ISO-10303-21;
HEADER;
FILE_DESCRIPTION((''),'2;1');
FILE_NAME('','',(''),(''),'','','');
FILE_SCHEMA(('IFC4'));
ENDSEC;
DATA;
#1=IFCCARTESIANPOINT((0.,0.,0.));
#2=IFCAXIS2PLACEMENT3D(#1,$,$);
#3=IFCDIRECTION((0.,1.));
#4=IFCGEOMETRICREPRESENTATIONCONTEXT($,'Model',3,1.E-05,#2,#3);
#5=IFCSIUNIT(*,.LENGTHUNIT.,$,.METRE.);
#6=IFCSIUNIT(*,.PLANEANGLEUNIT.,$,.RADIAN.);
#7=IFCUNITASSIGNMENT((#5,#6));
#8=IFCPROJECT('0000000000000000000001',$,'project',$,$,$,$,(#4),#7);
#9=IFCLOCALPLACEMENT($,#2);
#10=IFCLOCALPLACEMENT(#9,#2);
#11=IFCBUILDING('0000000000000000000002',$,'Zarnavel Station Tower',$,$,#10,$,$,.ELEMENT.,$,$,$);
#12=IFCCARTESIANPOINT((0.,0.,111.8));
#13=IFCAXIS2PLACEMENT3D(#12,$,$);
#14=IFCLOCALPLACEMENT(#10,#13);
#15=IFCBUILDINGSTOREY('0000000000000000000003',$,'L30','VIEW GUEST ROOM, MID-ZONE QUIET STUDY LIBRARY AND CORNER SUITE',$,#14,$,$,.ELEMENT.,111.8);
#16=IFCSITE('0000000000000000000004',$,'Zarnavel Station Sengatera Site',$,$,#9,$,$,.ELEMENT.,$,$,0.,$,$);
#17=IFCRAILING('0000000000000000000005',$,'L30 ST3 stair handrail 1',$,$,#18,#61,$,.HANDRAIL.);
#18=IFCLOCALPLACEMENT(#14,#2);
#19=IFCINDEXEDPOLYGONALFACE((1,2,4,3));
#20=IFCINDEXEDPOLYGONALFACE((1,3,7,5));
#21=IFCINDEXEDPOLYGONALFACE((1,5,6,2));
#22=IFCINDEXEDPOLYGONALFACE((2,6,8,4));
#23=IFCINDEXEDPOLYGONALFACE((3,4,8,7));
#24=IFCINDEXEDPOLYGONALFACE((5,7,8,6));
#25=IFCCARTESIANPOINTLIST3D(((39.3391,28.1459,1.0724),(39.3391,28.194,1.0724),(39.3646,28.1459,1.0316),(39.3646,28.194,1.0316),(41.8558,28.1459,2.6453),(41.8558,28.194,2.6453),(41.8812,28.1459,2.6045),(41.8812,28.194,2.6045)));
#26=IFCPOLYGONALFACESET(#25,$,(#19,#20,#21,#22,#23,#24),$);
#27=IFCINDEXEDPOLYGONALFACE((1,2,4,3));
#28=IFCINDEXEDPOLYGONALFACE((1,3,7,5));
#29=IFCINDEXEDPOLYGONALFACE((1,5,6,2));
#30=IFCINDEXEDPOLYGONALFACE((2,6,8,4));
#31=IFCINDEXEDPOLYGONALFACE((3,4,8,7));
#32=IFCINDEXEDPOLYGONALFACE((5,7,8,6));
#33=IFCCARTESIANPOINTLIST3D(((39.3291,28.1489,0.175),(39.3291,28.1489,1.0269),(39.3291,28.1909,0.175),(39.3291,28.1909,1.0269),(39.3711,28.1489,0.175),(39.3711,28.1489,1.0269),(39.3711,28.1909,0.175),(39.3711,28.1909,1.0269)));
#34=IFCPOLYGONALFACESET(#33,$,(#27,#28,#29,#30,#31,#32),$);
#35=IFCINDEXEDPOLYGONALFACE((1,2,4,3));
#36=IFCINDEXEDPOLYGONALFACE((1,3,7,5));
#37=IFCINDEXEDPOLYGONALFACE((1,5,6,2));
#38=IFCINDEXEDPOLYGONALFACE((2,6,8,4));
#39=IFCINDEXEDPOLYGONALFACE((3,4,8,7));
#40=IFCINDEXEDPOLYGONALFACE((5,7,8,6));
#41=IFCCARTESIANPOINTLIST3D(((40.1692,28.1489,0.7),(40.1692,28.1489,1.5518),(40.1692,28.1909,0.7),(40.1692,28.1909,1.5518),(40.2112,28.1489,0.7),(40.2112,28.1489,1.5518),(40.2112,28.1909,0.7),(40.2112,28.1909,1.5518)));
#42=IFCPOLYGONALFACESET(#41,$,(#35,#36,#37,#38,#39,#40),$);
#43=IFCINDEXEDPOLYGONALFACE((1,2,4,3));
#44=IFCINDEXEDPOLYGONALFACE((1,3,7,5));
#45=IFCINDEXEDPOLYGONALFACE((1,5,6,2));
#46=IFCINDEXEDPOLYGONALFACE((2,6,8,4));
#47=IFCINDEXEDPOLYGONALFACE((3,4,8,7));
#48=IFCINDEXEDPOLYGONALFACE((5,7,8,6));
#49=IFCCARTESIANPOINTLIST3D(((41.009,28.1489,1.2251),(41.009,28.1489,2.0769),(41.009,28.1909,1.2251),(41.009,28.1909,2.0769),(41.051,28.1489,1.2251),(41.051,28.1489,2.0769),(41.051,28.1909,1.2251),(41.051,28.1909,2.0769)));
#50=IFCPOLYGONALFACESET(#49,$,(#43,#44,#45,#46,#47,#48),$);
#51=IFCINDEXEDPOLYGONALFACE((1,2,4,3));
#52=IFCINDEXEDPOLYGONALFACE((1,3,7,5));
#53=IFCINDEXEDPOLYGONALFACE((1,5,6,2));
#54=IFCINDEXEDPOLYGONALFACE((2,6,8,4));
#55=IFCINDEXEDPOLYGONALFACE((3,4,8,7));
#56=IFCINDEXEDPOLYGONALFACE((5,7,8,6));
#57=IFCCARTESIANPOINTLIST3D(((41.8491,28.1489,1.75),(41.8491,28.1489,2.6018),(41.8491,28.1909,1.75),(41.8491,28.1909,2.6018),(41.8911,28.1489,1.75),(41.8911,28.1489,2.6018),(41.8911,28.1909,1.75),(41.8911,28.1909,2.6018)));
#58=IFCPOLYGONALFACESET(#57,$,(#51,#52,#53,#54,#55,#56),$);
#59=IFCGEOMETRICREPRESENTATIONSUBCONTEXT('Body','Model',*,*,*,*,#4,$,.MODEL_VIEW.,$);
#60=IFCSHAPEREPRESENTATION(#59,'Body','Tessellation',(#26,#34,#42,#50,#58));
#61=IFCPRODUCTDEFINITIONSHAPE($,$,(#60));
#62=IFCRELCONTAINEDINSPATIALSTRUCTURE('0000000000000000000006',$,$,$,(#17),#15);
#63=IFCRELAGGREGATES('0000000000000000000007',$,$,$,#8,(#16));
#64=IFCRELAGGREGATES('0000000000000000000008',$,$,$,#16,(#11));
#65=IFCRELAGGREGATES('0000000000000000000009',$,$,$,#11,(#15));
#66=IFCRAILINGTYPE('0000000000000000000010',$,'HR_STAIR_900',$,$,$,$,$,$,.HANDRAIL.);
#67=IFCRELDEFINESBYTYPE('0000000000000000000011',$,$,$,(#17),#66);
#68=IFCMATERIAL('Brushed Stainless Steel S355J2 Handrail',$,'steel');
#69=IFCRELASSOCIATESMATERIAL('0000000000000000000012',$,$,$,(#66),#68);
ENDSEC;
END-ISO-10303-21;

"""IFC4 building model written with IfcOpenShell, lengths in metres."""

from ifc_helpers import new_model, si_unit, direction, frame, origin, origin_2d, place, context, subcontext, project, spatial, rectangle, extrude, material, type_object, element, save


model = new_model("IFC4")

# Units and contexts
model_context = context("Model", 3, precision=1e-05, world=origin(), true_north=direction((0.0, 1.0)))
body_context = subcontext(model_context, "Body", "Model", "MODEL_VIEW")
ifc_project = project(units=[si_unit("LENGTHUNIT", "METRE"), si_unit("PLANEANGLEUNIT", "RADIAN")], contexts=[model_context])

# Site, building, storey
site_placement = place(None, origin())
site = spatial("IfcSite", under=ifc_project, at=site_placement, Name="Zarnavel Station Sengatera Site", CompositionType="ELEMENT", RefElevation=0.0)
building_placement = place(site_placement, origin())
building = spatial("IfcBuilding", under=site, at=building_placement, Name="Zarnavel Station Tower", CompositionType="ELEMENT")
storey_placement = place(building_placement, frame((0.0, 0.0, 111.8)))
storey = spatial("IfcBuildingStorey", under=building, at=storey_placement, Name="L30", Description="VIEW GUEST ROOM, MID-ZONE QUIET STUDY LIBRARY AND CORNER SUITE", CompositionType="ELEMENT", Elevation=111.8)

# Railing
ifc_material_1 = material(Name="Brushed Stainless Steel S355J2 Handrail", Category="steel")
railing_type_1 = type_object("IfcRailingType", Name="HR_STAIR_900", PredefinedType="HANDRAIL", material=ifc_material_1)
railing_1_placement = place(storey_placement, frame((39.3501, 28.1699, 0.175)))
element("IfcRailing", 1, at=railing_1_placement, inside=storey, type_object=railing_type_1, Name="L30 ST3 stair handrail 1", PredefinedType="HANDRAIL", context=body_context, shape_type="SweptSolid", body=[
    extrude(rectangle(XDim=0.0481, YDim=0.0481, at=origin_2d()), frame((0.0017, 0.0, 0.877), z_axis=(0.848008, 0.0, 0.529984), x_axis=(0.0, 1.0, 0.0)), (0.0, 0.0, 1.0), 2.9678),
    extrude(rectangle(XDim=0.042, YDim=0.042, at=origin_2d()), origin(), (0.0, 0.0, 1.0), 0.8518),
    extrude(rectangle(XDim=0.042, YDim=0.042, at=origin_2d()), frame((0.8401, 0.0, 0.5249)), (0.0, 0.0, 1.0), 0.8518),
    extrude(rectangle(XDim=0.042, YDim=0.042, at=origin_2d()), frame((1.6799, 0.0, 1.05)), (0.0, 0.0, 1.0), 0.8518),
    extrude(rectangle(XDim=0.042, YDim=0.042, at=origin_2d()), frame((2.52, 0.0, 1.575)), (0.0, 0.0, 1.0), 0.8518),
])

save(model, "model.ifc")
